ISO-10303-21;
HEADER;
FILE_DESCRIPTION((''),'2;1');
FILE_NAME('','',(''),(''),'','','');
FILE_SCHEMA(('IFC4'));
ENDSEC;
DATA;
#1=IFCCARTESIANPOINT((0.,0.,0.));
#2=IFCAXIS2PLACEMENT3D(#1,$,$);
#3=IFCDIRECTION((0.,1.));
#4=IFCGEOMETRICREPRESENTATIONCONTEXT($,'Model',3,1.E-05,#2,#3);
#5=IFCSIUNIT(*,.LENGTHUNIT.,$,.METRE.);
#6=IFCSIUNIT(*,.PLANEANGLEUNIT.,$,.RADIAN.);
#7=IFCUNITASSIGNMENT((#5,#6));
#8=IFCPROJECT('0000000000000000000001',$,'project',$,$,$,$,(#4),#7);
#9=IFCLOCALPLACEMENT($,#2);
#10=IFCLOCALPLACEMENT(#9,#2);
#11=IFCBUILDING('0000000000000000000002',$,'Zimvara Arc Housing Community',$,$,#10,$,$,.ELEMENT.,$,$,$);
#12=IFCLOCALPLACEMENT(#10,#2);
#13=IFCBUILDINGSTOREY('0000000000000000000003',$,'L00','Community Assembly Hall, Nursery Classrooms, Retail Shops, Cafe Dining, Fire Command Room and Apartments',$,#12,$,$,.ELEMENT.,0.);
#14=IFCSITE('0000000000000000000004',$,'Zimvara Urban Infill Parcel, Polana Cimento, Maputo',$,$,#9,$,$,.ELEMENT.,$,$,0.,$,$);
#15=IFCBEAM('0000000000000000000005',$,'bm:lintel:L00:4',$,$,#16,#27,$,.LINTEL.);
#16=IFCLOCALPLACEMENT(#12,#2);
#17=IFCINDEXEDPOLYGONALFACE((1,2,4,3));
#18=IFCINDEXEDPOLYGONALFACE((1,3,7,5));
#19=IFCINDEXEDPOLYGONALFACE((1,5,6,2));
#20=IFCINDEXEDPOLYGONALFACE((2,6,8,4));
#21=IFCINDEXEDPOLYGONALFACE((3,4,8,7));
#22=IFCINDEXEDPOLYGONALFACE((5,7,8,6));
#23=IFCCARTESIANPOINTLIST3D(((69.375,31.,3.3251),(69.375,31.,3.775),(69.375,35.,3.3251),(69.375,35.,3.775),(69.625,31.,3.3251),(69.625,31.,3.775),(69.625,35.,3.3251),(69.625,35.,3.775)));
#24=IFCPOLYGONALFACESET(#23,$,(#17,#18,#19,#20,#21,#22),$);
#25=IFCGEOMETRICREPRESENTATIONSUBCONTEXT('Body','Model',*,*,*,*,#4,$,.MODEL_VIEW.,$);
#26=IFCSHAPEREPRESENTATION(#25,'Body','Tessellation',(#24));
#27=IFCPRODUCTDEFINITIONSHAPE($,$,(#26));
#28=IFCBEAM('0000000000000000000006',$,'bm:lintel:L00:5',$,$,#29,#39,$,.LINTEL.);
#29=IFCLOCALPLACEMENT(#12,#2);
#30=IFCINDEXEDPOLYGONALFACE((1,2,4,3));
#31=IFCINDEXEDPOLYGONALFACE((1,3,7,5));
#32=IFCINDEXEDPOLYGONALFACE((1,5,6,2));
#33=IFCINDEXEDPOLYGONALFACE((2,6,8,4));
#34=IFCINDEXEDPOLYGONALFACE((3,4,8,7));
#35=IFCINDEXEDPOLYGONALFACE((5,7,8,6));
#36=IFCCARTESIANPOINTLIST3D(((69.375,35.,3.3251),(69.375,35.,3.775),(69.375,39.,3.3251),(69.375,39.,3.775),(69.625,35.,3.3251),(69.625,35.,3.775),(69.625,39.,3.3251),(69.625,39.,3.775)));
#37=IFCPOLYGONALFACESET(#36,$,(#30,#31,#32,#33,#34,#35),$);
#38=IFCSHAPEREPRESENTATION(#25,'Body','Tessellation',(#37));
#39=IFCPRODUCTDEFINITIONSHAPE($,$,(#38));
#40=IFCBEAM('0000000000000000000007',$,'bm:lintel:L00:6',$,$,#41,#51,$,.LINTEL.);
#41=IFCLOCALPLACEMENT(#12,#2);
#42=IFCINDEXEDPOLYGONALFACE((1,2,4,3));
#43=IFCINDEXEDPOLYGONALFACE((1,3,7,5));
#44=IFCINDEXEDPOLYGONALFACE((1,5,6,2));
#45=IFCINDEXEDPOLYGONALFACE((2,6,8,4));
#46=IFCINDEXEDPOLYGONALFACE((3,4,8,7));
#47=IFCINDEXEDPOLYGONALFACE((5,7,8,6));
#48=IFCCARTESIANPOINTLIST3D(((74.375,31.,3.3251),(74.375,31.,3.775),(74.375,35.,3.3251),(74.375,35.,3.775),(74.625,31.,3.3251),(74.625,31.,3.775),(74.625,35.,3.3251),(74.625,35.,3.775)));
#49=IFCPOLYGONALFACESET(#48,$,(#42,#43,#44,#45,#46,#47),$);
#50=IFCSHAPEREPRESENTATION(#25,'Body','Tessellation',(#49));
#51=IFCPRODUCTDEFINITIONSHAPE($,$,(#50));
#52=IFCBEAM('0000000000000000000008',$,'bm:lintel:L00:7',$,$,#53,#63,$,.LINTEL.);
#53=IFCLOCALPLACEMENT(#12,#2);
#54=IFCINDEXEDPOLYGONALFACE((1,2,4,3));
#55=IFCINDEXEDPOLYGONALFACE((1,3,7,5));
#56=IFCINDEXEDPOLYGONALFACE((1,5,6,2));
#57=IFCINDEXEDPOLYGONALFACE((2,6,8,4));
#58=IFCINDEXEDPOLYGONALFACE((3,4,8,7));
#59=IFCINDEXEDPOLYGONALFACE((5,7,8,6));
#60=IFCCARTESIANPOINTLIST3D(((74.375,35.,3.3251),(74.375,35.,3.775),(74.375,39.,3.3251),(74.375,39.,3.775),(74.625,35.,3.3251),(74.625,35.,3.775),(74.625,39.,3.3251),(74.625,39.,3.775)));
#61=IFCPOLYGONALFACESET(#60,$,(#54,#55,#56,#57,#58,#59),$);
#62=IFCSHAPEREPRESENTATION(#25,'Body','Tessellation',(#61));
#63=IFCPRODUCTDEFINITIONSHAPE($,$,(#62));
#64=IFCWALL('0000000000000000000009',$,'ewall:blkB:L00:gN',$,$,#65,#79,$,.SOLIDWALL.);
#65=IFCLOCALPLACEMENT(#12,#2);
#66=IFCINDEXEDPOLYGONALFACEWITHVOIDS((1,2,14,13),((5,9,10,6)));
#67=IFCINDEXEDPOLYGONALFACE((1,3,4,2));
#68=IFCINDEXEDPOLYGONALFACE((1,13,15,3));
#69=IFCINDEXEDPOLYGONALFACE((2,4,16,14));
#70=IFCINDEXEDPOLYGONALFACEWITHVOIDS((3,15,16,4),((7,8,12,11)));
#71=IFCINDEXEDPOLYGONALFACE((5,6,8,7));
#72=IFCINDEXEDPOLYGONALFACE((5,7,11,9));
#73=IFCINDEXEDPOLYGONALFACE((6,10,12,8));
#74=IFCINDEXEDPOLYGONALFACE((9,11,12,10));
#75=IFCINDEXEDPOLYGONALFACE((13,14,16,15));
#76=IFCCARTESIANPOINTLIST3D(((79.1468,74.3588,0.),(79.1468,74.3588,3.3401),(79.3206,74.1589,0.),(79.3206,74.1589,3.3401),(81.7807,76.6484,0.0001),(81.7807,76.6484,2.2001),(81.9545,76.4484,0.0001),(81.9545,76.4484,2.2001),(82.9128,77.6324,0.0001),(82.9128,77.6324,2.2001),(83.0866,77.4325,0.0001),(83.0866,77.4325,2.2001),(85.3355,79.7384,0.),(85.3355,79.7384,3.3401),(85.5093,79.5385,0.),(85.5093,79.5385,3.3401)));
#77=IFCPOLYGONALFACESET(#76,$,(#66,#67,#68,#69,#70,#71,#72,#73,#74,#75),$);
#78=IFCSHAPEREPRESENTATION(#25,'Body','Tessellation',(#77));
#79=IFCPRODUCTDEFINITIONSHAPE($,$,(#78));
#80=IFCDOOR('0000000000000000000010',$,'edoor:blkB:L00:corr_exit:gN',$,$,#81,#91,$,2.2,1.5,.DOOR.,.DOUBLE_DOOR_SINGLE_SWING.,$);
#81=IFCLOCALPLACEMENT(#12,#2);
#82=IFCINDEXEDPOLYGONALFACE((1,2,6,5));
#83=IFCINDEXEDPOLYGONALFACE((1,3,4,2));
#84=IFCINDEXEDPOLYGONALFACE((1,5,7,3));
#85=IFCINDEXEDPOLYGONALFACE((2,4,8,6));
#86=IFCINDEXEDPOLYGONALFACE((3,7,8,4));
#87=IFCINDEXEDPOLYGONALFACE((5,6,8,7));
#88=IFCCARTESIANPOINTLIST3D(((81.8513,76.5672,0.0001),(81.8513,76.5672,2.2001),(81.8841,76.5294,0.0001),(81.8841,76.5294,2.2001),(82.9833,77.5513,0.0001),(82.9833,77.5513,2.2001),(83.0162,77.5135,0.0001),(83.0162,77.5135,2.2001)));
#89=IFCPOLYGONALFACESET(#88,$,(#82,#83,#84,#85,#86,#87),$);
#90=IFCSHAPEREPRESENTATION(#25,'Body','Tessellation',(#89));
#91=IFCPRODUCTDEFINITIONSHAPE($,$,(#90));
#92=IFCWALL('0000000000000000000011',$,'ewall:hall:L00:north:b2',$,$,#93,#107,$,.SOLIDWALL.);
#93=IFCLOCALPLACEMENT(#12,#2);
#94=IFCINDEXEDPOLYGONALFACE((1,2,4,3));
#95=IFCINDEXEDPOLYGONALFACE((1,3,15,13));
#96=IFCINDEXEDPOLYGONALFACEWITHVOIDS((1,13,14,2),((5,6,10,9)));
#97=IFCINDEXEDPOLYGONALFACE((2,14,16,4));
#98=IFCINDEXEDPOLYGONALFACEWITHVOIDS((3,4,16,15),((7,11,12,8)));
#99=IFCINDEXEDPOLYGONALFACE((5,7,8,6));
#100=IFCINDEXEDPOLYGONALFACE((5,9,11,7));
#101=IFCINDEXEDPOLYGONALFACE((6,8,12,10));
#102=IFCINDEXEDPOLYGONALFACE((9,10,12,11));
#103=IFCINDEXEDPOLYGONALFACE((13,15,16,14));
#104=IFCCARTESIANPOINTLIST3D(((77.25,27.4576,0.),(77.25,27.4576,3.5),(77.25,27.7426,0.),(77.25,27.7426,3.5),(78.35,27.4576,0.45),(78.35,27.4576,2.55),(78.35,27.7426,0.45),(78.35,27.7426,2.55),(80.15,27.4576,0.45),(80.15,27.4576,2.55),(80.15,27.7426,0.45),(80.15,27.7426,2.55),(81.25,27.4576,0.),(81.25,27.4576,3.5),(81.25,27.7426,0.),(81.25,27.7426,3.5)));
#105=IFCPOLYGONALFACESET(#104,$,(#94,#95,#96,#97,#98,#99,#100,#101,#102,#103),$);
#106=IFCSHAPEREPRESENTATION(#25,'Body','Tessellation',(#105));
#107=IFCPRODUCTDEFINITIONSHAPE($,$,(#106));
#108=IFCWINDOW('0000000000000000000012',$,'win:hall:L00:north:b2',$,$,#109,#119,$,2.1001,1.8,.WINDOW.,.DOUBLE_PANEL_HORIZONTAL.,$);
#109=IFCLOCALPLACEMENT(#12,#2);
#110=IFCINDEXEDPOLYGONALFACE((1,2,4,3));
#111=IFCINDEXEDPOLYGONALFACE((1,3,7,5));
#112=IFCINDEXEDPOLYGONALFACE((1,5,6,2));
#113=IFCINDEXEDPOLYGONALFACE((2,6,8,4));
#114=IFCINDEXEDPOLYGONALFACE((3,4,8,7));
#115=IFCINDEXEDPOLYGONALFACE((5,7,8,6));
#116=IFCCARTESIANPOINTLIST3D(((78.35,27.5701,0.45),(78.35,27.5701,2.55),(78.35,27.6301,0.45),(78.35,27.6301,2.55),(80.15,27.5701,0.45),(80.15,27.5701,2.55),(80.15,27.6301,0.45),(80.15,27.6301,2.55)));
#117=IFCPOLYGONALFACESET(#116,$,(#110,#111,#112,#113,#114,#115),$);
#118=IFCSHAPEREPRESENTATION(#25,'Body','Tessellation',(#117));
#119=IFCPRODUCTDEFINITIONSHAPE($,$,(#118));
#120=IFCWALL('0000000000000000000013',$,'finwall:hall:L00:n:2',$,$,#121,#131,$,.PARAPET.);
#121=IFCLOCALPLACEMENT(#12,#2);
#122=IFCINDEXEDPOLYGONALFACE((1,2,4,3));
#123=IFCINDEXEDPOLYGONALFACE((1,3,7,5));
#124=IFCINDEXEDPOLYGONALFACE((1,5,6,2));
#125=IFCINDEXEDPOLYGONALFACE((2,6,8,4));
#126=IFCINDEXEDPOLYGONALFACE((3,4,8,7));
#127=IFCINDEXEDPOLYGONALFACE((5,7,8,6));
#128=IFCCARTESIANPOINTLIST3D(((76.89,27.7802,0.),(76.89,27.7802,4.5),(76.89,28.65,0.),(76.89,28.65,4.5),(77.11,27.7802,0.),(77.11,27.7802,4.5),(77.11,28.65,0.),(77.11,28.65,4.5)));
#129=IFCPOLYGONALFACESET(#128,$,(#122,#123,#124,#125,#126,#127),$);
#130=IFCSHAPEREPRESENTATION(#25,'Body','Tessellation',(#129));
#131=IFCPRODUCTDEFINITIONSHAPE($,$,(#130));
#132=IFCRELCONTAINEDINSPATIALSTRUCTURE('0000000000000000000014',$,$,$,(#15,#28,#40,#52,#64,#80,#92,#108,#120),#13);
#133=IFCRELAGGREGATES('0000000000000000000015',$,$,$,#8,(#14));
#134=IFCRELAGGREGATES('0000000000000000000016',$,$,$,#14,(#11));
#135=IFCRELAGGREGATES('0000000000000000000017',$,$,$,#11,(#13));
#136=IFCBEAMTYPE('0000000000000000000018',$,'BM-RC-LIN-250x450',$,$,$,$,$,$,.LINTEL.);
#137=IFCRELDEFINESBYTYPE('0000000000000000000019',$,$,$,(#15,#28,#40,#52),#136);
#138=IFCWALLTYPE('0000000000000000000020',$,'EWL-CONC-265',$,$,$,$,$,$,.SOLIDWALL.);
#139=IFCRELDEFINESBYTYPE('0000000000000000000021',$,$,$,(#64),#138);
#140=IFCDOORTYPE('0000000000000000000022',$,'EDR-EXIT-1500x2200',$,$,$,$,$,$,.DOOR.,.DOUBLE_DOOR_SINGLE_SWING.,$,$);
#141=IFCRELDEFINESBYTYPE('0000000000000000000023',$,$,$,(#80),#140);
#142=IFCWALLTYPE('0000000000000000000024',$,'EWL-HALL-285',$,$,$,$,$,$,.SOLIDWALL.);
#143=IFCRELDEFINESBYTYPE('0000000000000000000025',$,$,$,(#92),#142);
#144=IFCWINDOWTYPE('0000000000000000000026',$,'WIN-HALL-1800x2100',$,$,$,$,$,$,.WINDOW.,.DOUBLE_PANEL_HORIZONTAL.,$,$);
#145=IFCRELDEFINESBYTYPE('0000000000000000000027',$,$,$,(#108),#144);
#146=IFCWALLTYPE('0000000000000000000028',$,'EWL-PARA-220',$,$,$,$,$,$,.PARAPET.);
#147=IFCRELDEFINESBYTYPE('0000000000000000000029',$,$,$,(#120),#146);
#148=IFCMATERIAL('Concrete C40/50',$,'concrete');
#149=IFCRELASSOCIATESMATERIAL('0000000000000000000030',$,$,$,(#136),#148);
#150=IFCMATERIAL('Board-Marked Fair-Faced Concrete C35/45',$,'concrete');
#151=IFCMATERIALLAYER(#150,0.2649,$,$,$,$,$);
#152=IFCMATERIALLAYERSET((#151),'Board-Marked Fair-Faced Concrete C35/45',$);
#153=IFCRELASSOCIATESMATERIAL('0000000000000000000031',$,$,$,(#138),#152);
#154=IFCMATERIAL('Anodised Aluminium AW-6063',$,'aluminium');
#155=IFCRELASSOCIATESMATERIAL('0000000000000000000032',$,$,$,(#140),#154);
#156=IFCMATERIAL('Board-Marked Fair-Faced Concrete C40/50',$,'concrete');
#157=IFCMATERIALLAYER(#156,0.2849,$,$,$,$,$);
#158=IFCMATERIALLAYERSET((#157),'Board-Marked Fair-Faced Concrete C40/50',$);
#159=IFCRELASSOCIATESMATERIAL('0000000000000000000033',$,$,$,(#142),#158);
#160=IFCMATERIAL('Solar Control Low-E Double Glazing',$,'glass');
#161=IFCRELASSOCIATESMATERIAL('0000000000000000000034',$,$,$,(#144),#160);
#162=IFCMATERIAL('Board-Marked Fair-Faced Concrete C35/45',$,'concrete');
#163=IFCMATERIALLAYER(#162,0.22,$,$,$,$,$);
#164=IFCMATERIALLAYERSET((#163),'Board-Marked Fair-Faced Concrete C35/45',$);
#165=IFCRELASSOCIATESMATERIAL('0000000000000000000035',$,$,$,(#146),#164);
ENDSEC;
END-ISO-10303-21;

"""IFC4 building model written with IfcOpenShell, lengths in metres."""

from ifc_helpers import new_model, si_unit, direction, frame, frame_2d, origin, origin_2d, place, context, subcontext, project, spatial, rectangle, extrude, material, layer, layer_set, material_profile, profile_set, type_object, element, fill, save


model = new_model("IFC4")

# Units and contexts
model_context = context("Model", 3, precision=1e-05, world=origin(), true_north=direction((0.0, 1.0)))
body_context = subcontext(model_context, "Body", "Model", "MODEL_VIEW")
ifc_project = project(units=[si_unit("LENGTHUNIT", "METRE"), si_unit("PLANEANGLEUNIT", "RADIAN")], contexts=[model_context])

# Site, building, storey
site_placement = place(None, origin())
site = spatial("IfcSite", under=ifc_project, at=site_placement, Name="Zimvara Urban Infill Parcel, Polana Cimento, Maputo", CompositionType="ELEMENT", RefElevation=0.0)
building_placement = place(site_placement, origin())
building = spatial("IfcBuilding", under=site, at=building_placement, Name="Zimvara Arc Housing Community", CompositionType="ELEMENT")
storey_placement = place(building_placement, origin())
storey = spatial("IfcBuildingStorey", under=building, at=storey_placement, Name="L00", Description="Community Assembly Hall, Nursery Classrooms, Retail Shops, Cafe Dining, Fire Command Room and Apartments", CompositionType="ELEMENT", Elevation=0.0)

# Beams
ifc_material_1 = material(Name="Concrete C40/50", Category="concrete")
ifc_material_profile_1 = material_profile(ifc_material_1, rectangle(XDim=0.25, YDim=0.45, at=origin_2d()), Name="RC 250x450")
ifc_profile_set_1 = profile_set([ifc_material_profile_1], Name="Concrete C40/50")
beam_type_1 = type_object("IfcBeamType", Name="BM-RC-LIN-250x450", PredefinedType="LINTEL", material=ifc_profile_set_1)
for number, where, z_axis, x_axis, name in (
    (1, (69.5, 31.0, 3.55), (0.0, 1.0, 0.0), (-1.0, 0.0, 0.0), "bm:lintel:L00:4"),
    (2, (69.5, 35.0, 3.55), (0.0, 1.0, 0.0), (-1.0, 0.0, 0.0), "bm:lintel:L00:5"),
    (3, (74.5, 31.0, 3.55), (0.0, 1.0, 0.0), (-1.0, 0.0, 0.0), "bm:lintel:L00:6"),
    (4, (74.5, 35.0, 3.55), (0.0, 1.0, 0.0), (-1.0, 0.0, 0.0), "bm:lintel:L00:7"),
):
    element("IfcBeam", number, at=place(storey_placement, frame(where, z_axis=z_axis, x_axis=x_axis)), inside=storey, type_object=beam_type_1, Name=name, PredefinedType="LINTEL", context=body_context, shape_type="SweptSolid", body=[
        extrude(rectangle(XDim=0.25, YDim=0.45, at=origin_2d()), origin(), (0.0, 0.0, 1.0), 4.0),
    ])

# Wall, opening, door
ifc_material_2 = material(Name="Board-Marked Fair-Faced Concrete C35/45", Category="concrete")
ifc_layer_1 = layer(ifc_material_2, 0.2649)
ifc_layer_set_1 = layer_set([ifc_layer_1], Name="Board-Marked Fair-Faced Concrete C35/45")
wall_type_1 = type_object("IfcWallType", Name="EWL-CONC-265", PredefinedType="SOLIDWALL", material=ifc_layer_set_1)
wall_1_placement = place(storey_placement, frame((79.2336, 74.2588, 0.0), z_axis=(0.0, 0.0, 1.0), x_axis=(0.754718, 0.65605, 0.0)))
wall_1 = element("IfcWall", 5, at=wall_1_placement, inside=storey, type_object=wall_type_1, Name="ewall:blkB:L00:gN", PredefinedType="SOLIDWALL", context=body_context, shape_type="SweptSolid", body=[
    extrude(rectangle(XDim=8.2, YDim=0.2649, at=frame_2d((4.1001, 0.0))), origin(), (0.0, 0.0, 1.0), 3.3401),
])
opening_1_placement = place(wall_1_placement, frame((3.49, 0.0, 0.0)))
opening_1 = element("IfcOpeningElement", 6, at=opening_1_placement, cuts=wall_1, PredefinedType="OPENING", context=body_context, shape_type="SweptSolid", body=[
    extrude(rectangle(XDim=1.5, YDim=2.2, at=frame_2d((0.75, 1.1001))), frame((0.0, 0.1423, 0.0), z_axis=(0.0, -1.0, 0.0), x_axis=(1.0, 0.0, 0.0)), (0.0, 0.0, 1.0), 0.2849),
])
ifc_material_3 = material(Name="Anodised Aluminium AW-6063", Category="aluminium")
door_type_1 = type_object("IfcDoorType", Name="EDR-EXIT-1500x2200", OperationType="DOUBLE_DOOR_SINGLE_SWING", PredefinedType="DOOR", material=ifc_material_3)
door_1_placement = place(opening_1_placement, origin())
door_1 = element("IfcDoor", 7, at=door_1_placement, inside=storey, type_object=door_type_1, Name="edoor:blkB:L00:corr_exit:gN", OperationType="DOUBLE_DOOR_SINGLE_SWING", OverallHeight=2.2, OverallWidth=1.5, PredefinedType="DOOR", context=body_context, shape_type="SweptSolid", body=[
    extrude(rectangle(XDim=1.5, YDim=2.2, at=frame_2d((0.75, 1.1001))), frame((0.0, 0.0249, 0.0), z_axis=(0.0, -1.0, 0.0), x_axis=(1.0, 0.0, 0.0)), (0.0, 0.0, 1.0), 0.05),
])
fill(opening_1, door_1)
ifc_material_4 = material(Name="Board-Marked Fair-Faced Concrete C40/50", Category="concrete")
ifc_layer_2 = layer(ifc_material_4, 0.2849)
ifc_layer_set_2 = layer_set([ifc_layer_2], Name="Board-Marked Fair-Faced Concrete C40/50")
wall_type_2 = type_object("IfcWallType", Name="EWL-HALL-285", PredefinedType="SOLIDWALL", material=ifc_layer_set_2)

# Wall, opening, window
wall_2_placement = place(storey_placement, frame((77.25, 27.6001, 0.0), z_axis=(0.0, 0.0, 1.0), x_axis=(1.0, 0.0, 0.0)))
wall_2 = element("IfcWall", 8, at=wall_2_placement, inside=storey, type_object=wall_type_2, Name="ewall:hall:L00:north:b2", PredefinedType="SOLIDWALL", context=body_context, shape_type="SweptSolid", body=[
    extrude(rectangle(XDim=4.0, YDim=0.2849, at=frame_2d((2.0, 0.0))), origin(), (0.0, 0.0, 1.0), 3.5),
])
opening_2_placement = place(wall_2_placement, frame((1.1001, 0.0, 0.45)))
opening_2 = element("IfcOpeningElement", 9, at=opening_2_placement, cuts=wall_2, PredefinedType="OPENING", context=body_context, shape_type="SweptSolid", body=[
    extrude(rectangle(XDim=1.8, YDim=2.1001, at=frame_2d((0.8999, 1.05))), frame((0.0, 0.1523, 0.0), z_axis=(0.0, -1.0, 0.0), x_axis=(1.0, 0.0, 0.0)), (0.0, 0.0, 1.0), 0.3049),
])
ifc_material_5 = material(Name="Solar Control Low-E Double Glazing", Category="glass")
window_type = type_object("IfcWindowType", Name="WIN-HALL-1800x2100", PartitioningType="DOUBLE_PANEL_HORIZONTAL", PredefinedType="WINDOW", material=ifc_material_5)
window_placement = place(opening_2_placement, origin())
window = element("IfcWindow", 10, at=window_placement, inside=storey, type_object=window_type, Name="win:hall:L00:north:b2", OverallHeight=2.1001, OverallWidth=1.8, PartitioningType="DOUBLE_PANEL_HORIZONTAL", PredefinedType="WINDOW", context=body_context, shape_type="SweptSolid", body=[
    extrude(rectangle(XDim=1.8, YDim=2.1001, at=frame_2d((0.8999, 1.05))), frame((0.0, 0.03, 0.0), z_axis=(0.0, -1.0, 0.0), x_axis=(1.0, 0.0, 0.0)), (0.0, 0.0, 1.0), 0.0601),
])
fill(opening_2, window)

# Wall
ifc_material_6 = material(Name="Board-Marked Fair-Faced Concrete C35/45", Category="concrete")
ifc_layer_3 = layer(ifc_material_6, 0.22)
ifc_layer_set_3 = layer_set([ifc_layer_3], Name="Board-Marked Fair-Faced Concrete C35/45")
wall_type_3 = type_object("IfcWallType", Name="EWL-PARA-220", PredefinedType="PARAPET", material=ifc_layer_set_3)
wall_3_placement = place(storey_placement, frame((77.0, 27.78, 0.0), z_axis=(0.0, 0.0, 1.0), x_axis=(0.0, 1.0, 0.0)))
element("IfcWall", 11, at=wall_3_placement, inside=storey, type_object=wall_type_3, Name="finwall:hall:L00:n:2", PredefinedType="PARAPET", context=body_context, shape_type="SweptSolid", body=[
    extrude(rectangle(XDim=0.8699, YDim=0.22, at=frame_2d((0.4351, 0.0))), origin(), (0.0, 0.0, 1.0), 4.5),
])

save(model, "model.ifc")
